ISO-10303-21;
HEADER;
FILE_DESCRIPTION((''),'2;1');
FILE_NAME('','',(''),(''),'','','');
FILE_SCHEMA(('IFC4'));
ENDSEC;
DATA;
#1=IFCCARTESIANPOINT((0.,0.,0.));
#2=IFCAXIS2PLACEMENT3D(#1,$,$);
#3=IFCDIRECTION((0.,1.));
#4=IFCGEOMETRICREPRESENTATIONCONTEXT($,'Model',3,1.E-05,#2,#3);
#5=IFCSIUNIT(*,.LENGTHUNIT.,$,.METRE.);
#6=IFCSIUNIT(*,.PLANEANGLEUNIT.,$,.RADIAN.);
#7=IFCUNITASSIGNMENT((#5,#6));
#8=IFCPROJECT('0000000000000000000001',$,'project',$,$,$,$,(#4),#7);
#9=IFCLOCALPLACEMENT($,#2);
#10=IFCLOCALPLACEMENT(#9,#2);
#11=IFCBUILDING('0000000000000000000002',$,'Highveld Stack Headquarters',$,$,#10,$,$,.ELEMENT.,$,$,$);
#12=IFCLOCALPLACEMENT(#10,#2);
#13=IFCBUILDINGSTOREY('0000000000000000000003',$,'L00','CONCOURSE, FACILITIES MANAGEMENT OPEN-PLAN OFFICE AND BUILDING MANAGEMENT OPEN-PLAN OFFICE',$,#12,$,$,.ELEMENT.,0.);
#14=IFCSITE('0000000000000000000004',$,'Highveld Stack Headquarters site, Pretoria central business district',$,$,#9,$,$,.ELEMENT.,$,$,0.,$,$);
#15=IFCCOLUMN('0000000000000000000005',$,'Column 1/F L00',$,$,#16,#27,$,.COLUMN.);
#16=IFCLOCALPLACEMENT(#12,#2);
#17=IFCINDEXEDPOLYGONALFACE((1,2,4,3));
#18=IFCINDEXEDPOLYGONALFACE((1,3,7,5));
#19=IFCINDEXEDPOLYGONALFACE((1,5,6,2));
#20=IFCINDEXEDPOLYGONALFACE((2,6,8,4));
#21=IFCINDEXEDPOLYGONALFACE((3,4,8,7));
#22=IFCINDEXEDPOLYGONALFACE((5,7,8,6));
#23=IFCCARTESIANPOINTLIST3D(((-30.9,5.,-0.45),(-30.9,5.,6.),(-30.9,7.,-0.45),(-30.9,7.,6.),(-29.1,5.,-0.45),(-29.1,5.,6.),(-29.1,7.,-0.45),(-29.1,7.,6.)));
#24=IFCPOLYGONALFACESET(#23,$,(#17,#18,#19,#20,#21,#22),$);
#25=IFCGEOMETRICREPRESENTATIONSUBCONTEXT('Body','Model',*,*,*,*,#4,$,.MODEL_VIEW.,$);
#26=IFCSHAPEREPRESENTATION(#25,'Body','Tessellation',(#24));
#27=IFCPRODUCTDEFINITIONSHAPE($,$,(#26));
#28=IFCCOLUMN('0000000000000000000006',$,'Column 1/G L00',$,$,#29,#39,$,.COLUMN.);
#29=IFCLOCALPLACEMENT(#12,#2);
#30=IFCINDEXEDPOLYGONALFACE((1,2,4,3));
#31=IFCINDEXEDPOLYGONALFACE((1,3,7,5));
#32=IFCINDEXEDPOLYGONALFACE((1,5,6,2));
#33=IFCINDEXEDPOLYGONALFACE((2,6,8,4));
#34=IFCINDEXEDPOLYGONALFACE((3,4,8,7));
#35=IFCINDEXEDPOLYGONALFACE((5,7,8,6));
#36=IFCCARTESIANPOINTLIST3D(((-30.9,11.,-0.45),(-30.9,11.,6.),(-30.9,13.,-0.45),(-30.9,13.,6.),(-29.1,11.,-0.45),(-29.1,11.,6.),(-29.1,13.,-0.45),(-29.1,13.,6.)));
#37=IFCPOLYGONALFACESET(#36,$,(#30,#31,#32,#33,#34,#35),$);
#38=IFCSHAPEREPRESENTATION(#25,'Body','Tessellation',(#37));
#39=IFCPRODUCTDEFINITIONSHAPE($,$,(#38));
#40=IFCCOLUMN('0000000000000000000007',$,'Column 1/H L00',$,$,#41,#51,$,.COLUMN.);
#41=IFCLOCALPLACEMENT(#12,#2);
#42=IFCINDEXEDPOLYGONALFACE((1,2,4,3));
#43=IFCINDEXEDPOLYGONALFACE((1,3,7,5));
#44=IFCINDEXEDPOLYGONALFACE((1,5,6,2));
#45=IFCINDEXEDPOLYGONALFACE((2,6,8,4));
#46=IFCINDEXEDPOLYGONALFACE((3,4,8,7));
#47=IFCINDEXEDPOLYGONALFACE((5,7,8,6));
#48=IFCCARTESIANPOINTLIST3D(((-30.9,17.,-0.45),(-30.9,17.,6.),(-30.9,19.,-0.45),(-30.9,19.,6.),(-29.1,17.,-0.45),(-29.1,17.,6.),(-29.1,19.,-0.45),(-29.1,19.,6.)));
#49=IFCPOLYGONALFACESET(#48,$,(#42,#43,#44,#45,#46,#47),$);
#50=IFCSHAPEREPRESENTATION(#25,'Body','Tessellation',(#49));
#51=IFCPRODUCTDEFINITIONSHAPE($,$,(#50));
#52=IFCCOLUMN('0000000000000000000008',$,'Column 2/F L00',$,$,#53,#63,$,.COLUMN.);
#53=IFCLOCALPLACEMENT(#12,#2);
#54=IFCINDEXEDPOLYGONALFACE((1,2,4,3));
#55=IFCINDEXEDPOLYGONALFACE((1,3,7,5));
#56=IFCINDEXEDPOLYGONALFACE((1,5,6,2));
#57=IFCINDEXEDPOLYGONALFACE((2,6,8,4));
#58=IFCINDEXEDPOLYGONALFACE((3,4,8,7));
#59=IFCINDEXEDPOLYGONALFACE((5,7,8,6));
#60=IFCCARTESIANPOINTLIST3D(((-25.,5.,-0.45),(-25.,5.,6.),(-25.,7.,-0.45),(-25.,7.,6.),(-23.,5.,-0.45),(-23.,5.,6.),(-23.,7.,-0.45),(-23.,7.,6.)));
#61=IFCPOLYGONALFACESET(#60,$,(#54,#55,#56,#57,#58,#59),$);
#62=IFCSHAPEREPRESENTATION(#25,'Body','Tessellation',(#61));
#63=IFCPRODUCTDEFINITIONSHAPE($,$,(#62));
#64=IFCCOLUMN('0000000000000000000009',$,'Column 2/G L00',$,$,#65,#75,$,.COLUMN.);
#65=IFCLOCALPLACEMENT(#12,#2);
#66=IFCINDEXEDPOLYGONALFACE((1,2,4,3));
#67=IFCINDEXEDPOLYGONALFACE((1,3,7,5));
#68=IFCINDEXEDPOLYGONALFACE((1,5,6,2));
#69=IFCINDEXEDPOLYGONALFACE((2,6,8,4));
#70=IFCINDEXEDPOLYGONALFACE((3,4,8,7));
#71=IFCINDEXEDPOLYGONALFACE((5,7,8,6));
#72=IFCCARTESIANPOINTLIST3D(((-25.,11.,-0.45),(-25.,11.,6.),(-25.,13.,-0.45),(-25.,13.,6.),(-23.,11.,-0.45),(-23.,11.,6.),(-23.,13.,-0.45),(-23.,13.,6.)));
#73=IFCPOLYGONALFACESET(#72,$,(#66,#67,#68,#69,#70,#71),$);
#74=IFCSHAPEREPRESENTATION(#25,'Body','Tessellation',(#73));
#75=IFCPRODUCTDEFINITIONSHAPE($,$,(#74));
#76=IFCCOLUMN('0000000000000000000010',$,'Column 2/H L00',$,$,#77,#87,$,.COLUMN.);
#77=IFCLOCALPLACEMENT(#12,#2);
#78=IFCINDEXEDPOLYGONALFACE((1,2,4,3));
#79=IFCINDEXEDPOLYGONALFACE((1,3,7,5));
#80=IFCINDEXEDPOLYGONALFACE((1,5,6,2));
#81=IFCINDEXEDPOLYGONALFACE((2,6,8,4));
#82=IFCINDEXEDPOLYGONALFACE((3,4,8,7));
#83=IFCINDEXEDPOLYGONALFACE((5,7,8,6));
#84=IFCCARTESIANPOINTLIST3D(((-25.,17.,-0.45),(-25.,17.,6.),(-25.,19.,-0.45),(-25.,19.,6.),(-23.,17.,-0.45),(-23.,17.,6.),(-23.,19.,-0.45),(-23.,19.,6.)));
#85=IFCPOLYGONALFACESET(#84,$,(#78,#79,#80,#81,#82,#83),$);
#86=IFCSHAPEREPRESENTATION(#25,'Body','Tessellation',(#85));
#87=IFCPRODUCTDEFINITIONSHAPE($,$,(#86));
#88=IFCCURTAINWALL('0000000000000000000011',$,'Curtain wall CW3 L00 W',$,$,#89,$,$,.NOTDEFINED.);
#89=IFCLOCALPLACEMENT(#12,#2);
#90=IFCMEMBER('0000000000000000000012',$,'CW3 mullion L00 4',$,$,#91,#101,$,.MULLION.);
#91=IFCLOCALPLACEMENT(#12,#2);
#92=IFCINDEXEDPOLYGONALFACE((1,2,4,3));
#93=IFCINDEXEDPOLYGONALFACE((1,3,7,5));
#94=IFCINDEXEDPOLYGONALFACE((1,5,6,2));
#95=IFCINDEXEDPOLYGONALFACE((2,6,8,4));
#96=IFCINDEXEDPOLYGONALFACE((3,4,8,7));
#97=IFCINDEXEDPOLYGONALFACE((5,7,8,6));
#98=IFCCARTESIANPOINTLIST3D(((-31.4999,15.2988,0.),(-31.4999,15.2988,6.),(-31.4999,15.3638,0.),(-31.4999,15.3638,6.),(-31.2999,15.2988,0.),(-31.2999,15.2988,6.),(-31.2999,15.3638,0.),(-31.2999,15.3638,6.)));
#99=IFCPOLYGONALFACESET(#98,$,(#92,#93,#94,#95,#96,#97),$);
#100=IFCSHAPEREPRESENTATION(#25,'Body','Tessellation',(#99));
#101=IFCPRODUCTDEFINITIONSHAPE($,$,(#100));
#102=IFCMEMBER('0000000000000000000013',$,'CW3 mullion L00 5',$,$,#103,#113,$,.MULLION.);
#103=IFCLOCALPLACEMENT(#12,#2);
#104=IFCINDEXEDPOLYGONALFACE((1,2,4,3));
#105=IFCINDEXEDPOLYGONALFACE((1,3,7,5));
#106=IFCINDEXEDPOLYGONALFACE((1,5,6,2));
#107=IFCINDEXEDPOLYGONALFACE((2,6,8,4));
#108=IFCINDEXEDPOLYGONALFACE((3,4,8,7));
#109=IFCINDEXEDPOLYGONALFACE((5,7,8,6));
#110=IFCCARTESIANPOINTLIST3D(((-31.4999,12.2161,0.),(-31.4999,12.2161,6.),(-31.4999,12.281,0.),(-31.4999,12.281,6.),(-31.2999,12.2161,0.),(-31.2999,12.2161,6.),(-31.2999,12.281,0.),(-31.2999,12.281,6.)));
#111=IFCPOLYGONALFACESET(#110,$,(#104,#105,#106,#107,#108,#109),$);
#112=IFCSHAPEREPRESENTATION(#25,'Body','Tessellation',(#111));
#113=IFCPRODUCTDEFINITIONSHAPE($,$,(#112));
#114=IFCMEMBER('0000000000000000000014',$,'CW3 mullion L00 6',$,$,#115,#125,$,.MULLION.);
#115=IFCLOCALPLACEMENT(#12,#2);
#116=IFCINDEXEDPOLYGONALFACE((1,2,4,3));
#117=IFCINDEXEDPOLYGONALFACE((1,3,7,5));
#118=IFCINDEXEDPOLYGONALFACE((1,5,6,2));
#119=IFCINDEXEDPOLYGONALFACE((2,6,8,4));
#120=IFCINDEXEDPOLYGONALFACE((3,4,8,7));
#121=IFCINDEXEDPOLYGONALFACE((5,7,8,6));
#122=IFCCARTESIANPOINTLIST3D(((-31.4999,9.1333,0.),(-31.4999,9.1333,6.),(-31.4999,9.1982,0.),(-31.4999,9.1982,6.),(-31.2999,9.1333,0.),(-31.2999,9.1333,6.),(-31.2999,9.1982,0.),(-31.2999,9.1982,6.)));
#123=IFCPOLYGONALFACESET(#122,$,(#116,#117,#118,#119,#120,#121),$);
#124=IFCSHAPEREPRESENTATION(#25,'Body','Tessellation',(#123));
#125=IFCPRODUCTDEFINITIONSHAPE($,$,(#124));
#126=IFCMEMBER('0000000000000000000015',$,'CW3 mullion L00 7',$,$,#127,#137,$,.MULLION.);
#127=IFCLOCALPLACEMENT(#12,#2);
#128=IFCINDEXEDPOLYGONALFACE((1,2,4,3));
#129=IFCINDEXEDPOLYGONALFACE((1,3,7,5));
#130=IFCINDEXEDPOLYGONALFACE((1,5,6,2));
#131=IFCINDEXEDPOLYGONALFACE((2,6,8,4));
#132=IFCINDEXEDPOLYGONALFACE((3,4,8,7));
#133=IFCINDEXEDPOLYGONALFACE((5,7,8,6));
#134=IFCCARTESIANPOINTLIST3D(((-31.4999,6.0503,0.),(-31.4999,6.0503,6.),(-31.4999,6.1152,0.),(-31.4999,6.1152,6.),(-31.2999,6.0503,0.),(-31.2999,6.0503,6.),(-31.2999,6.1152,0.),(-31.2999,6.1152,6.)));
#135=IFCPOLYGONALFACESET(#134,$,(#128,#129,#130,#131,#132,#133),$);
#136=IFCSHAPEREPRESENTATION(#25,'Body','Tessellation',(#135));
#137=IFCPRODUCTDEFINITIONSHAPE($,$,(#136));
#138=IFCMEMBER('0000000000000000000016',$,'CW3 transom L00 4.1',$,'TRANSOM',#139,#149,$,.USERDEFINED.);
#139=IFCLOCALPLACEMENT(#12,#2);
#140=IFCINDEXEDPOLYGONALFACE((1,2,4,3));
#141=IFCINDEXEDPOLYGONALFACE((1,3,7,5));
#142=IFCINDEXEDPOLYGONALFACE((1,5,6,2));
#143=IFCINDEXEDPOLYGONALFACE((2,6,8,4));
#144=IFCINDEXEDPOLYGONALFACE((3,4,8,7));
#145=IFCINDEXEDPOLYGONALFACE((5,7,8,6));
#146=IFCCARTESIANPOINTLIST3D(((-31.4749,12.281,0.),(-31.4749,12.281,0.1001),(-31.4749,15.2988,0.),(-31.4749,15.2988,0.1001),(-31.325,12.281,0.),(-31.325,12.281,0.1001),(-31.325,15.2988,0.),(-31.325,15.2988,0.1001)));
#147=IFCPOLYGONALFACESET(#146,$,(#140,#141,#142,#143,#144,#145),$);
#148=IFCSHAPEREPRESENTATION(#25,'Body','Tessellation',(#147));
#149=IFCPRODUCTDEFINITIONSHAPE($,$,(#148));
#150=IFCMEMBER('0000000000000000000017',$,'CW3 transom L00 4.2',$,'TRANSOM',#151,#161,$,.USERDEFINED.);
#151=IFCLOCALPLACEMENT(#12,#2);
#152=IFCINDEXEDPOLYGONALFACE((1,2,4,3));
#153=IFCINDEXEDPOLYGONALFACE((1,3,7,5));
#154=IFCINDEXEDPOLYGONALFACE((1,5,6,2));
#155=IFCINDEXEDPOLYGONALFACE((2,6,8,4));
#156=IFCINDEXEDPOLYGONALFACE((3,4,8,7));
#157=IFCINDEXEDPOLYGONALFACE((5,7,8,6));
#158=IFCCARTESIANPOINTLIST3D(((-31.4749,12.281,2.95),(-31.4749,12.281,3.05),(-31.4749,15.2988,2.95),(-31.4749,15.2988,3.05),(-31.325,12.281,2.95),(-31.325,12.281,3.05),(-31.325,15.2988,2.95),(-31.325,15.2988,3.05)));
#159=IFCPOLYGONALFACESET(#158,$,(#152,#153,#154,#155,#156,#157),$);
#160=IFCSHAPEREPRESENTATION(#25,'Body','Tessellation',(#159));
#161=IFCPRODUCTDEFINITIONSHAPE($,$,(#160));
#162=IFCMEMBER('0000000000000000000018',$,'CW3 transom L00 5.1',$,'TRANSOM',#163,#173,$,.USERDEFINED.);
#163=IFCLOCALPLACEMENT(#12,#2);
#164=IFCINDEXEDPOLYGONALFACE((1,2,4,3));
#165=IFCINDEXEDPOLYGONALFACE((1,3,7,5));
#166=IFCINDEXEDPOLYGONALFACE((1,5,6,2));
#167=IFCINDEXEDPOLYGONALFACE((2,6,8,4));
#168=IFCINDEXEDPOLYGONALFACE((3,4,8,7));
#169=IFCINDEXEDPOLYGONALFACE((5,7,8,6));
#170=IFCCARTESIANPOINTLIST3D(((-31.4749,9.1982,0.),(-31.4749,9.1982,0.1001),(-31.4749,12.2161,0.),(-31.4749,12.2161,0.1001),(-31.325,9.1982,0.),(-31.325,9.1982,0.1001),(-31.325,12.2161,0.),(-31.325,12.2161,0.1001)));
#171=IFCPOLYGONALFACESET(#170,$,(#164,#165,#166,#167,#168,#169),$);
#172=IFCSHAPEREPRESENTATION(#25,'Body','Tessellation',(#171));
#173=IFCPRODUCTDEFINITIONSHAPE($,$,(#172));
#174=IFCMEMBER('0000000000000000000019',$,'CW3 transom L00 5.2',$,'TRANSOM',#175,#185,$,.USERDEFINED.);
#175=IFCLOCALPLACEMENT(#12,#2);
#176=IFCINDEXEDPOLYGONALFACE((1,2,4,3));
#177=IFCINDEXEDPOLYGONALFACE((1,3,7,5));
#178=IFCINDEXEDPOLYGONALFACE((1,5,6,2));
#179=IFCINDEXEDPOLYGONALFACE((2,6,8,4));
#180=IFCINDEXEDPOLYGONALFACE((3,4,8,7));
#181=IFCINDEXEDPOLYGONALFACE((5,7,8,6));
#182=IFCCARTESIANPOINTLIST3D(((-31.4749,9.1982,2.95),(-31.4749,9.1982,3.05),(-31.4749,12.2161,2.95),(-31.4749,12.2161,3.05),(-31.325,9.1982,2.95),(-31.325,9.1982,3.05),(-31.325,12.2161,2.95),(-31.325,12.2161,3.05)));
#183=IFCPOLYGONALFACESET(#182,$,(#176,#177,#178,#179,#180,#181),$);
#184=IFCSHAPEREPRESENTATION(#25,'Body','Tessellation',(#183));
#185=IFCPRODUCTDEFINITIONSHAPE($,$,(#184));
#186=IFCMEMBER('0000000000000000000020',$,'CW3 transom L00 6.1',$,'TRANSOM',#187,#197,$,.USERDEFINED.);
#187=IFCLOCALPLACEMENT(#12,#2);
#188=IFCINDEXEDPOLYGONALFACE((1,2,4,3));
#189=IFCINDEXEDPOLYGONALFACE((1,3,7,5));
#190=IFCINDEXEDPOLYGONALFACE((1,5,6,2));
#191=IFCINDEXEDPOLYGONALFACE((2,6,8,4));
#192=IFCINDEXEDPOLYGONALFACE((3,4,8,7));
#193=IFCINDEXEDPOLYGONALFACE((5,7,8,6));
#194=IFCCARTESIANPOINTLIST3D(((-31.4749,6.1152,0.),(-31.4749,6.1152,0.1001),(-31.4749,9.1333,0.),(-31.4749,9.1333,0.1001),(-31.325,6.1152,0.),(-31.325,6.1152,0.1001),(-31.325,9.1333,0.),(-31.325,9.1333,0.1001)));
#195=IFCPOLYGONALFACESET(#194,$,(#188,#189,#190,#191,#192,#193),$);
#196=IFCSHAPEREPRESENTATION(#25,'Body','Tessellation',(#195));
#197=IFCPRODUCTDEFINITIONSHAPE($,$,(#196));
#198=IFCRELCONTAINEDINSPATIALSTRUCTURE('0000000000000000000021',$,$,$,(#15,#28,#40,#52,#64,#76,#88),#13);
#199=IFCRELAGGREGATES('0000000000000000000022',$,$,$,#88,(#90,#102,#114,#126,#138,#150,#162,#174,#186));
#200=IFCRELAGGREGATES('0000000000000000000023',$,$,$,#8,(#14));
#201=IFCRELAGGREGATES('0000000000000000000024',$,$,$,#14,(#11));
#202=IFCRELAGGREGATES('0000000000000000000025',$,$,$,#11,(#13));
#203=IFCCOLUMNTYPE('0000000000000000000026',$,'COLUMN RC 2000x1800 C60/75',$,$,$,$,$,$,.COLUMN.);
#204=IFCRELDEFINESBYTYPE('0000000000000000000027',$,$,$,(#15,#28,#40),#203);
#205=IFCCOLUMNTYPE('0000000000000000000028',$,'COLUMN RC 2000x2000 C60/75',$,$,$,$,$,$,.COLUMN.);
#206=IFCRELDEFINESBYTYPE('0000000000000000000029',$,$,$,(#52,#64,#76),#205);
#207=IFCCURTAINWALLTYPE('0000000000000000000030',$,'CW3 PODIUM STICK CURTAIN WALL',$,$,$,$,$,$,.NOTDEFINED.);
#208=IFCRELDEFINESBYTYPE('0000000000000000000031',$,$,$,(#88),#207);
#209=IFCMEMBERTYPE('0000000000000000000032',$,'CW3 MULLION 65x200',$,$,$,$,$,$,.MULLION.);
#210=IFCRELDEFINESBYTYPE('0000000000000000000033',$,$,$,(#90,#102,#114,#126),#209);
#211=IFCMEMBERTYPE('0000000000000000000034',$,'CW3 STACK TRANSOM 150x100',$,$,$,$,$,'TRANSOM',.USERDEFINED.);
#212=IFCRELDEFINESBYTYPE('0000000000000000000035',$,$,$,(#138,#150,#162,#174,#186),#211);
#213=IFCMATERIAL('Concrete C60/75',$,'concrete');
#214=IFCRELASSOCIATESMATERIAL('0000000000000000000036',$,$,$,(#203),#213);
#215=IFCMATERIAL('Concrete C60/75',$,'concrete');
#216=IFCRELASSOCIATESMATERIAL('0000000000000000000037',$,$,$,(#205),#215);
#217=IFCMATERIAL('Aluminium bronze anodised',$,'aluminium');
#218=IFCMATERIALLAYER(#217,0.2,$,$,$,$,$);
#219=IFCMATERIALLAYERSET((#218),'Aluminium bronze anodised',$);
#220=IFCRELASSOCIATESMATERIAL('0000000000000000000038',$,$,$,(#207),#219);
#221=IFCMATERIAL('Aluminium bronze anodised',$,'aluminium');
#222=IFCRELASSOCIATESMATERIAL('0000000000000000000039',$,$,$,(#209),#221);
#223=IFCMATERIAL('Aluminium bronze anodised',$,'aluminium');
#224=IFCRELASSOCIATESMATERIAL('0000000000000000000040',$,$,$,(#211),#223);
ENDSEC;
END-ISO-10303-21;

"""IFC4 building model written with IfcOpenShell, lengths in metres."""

from ifc_helpers import new_model, si_unit, direction, frame, origin, origin_2d, place, context, subcontext, project, spatial, rectangle, extrude, material, layer, layer_set, material_profile, profile_set, type_object, element, aggregate, save


model = new_model("IFC4")

# Units and contexts
model_context = context("Model", 3, precision=1e-05, world=origin(), true_north=direction((0.0, 1.0)))
body_context = subcontext(model_context, "Body", "Model", "MODEL_VIEW")
ifc_project = project(units=[si_unit("LENGTHUNIT", "METRE"), si_unit("PLANEANGLEUNIT", "RADIAN")], contexts=[model_context])

# Site, building, storey
site_placement = place(None, origin())
site = spatial("IfcSite", under=ifc_project, at=site_placement, Name="Highveld Stack Headquarters site, Pretoria central business district", CompositionType="ELEMENT", RefElevation=0.0)
building_placement = place(site_placement, origin())
building = spatial("IfcBuilding", under=site, at=building_placement, Name="Highveld Stack Headquarters", CompositionType="ELEMENT")
storey_placement = place(building_placement, origin())
storey = spatial("IfcBuildingStorey", under=building, at=storey_placement, Name="L00", Description="CONCOURSE, FACILITIES MANAGEMENT OPEN-PLAN OFFICE AND BUILDING MANAGEMENT OPEN-PLAN OFFICE", CompositionType="ELEMENT", Elevation=0.0)

# Columns
ifc_material_1 = material(Name="Concrete C60/75", Category="concrete")
ifc_material_profile_1 = material_profile(ifc_material_1, rectangle(XDim=2.0, YDim=1.8, at=origin_2d()), Name="RC 2000x1800")
ifc_profile_set_1 = profile_set([ifc_material_profile_1], Name="Concrete C60/75")
column_type_1 = type_object("IfcColumnType", Name="COLUMN RC 2000x1800 C60/75", PredefinedType="COLUMN", material=ifc_profile_set_1)
for number, where, z_axis, x_axis, name in (
    (1, (-30.0, 6.0, -0.45), (0.0, 0.0, 1.0), (0.0, 1.0, 0.0), "Column 1/F L00"),
    (2, (-30.0, 12.0, -0.45), (0.0, 0.0, 1.0), (0.0, 1.0, 0.0), "Column 1/G L00"),
    (3, (-30.0, 18.0, -0.45), (0.0, 0.0, 1.0), (0.0, 1.0, 0.0), "Column 1/H L00"),
):
    element("IfcColumn", number, at=place(storey_placement, frame(where, z_axis=z_axis, x_axis=x_axis)), inside=storey, type_object=column_type_1, Name=name, PredefinedType="COLUMN", context=body_context, shape_type="SweptSolid", body=[
        extrude(rectangle(XDim=2.0, YDim=1.8, at=origin_2d()), origin(), (0.0, 0.0, 1.0), 6.45),
    ])
ifc_material_2 = material(Name="Concrete C60/75", Category="concrete")
ifc_material_profile_2 = material_profile(ifc_material_2, rectangle(XDim=2.0, YDim=2.0, at=origin_2d()), Name="RC 2000x2000")
ifc_profile_set_2 = profile_set([ifc_material_profile_2], Name="Concrete C60/75")
column_type_2 = type_object("IfcColumnType", Name="COLUMN RC 2000x2000 C60/75", PredefinedType="COLUMN", material=ifc_profile_set_2)
for number, where, z_axis, x_axis, name in (
    (4, (-24.0, 6.0, -0.45), (0.0, 0.0, 1.0), (1.0, 0.0, 0.0), "Column 2/F L00"),
    (5, (-24.0, 12.0, -0.45), (0.0, 0.0, 1.0), (1.0, 0.0, 0.0), "Column 2/G L00"),
    (6, (-24.0, 18.0, -0.45), (0.0, 0.0, 1.0), (1.0, 0.0, 0.0), "Column 2/H L00"),
):
    element("IfcColumn", number, at=place(storey_placement, frame(where, z_axis=z_axis, x_axis=x_axis)), inside=storey, type_object=column_type_2, Name=name, PredefinedType="COLUMN", context=body_context, shape_type="SweptSolid", body=[
        extrude(rectangle(XDim=2.0, YDim=2.0, at=origin_2d()), origin(), (0.0, 0.0, 1.0), 6.45),
    ])

# Curtain wall, members
ifc_material_3 = material(Name="Aluminium bronze anodised", Category="aluminium")
ifc_layer_1 = layer(ifc_material_3, 0.2)
ifc_layer_set_1 = layer_set([ifc_layer_1], Name="Aluminium bronze anodised")
curtain_wall_type = type_object("IfcCurtainWallType", Name="CW3 PODIUM STICK CURTAIN WALL", PredefinedType="NOTDEFINED", material=ifc_layer_set_1)
curtain_wall_placement = place(storey_placement, origin())
curtain_wall = element("IfcCurtainWall", 7, at=curtain_wall_placement, inside=storey, type_object=curtain_wall_type, Name="Curtain wall CW3 L00 W", PredefinedType="NOTDEFINED")
ifc_material_4 = material(Name="Aluminium bronze anodised", Category="aluminium")
ifc_material_profile_3 = material_profile(ifc_material_4, rectangle(XDim=0.2, YDim=0.0649, at=origin_2d()), Name="CW3 MULLION 65x200")
ifc_profile_set_3 = profile_set([ifc_material_profile_3], Name="Aluminium bronze anodised")
member_type_1 = type_object("IfcMemberType", Name="CW3 MULLION 65x200", PredefinedType="MULLION", material=ifc_profile_set_3)
member_1_placement = place(storey_placement, frame((-31.3999, 15.3313, 0.0), z_axis=(0.0, 0.0, 1.0), x_axis=(1.0, 0.0, 0.0)))
member_1 = element("IfcMember", 8, at=member_1_placement, type_object=member_type_1, Name="CW3 mullion L00 4", PredefinedType="MULLION", context=body_context, shape_type="SweptSolid", body=[
    extrude(rectangle(XDim=0.2, YDim=0.0649, at=origin_2d()), origin(), (0.0, 0.0, 1.0), 6.0),
])
member_2_placement = place(storey_placement, frame((-31.3999, 12.2485, 0.0), z_axis=(0.0, 0.0, 1.0), x_axis=(1.0, 0.0, 0.0)))
member_2 = element("IfcMember", 9, at=member_2_placement, type_object=member_type_1, Name="CW3 mullion L00 5", PredefinedType="MULLION", context=body_context, shape_type="SweptSolid", body=[
    extrude(rectangle(XDim=0.2, YDim=0.0649, at=origin_2d()), origin(), (0.0, 0.0, 1.0), 6.0),
])
member_3_placement = place(storey_placement, frame((-31.3999, 9.1658, 0.0), z_axis=(0.0, 0.0, 1.0), x_axis=(1.0, 0.0, 0.0)))
member_3 = element("IfcMember", 10, at=member_3_placement, type_object=member_type_1, Name="CW3 mullion L00 6", PredefinedType="MULLION", context=body_context, shape_type="SweptSolid", body=[
    extrude(rectangle(XDim=0.2, YDim=0.0649, at=origin_2d()), origin(), (0.0, 0.0, 1.0), 6.0),
])
member_4_placement = place(storey_placement, frame((-31.3999, 6.0828, 0.0), z_axis=(0.0, 0.0, 1.0), x_axis=(1.0, 0.0, 0.0)))
member_4 = element("IfcMember", 11, at=member_4_placement, type_object=member_type_1, Name="CW3 mullion L00 7", PredefinedType="MULLION", context=body_context, shape_type="SweptSolid", body=[
    extrude(rectangle(XDim=0.2, YDim=0.0649, at=origin_2d()), origin(), (0.0, 0.0, 1.0), 6.0),
])
ifc_material_5 = material(Name="Aluminium bronze anodised", Category="aluminium")
ifc_material_profile_4 = material_profile(ifc_material_5, rectangle(XDim=0.1499, YDim=0.1001, at=origin_2d()), Name="CW3 TRANSOM 150x100")
ifc_profile_set_4 = profile_set([ifc_material_profile_4], Name="Aluminium bronze anodised")
member_type_2 = type_object("IfcMemberType", Name="CW3 STACK TRANSOM 150x100", ElementType="TRANSOM", PredefinedType="USERDEFINED", material=ifc_profile_set_4)
member_5_placement = place(storey_placement, frame((-31.3999, 15.2988, 0.05), z_axis=(0.0, -1.0, 0.0), x_axis=(1.0, 0.0, 0.0)))
member_5 = element("IfcMember", 12, at=member_5_placement, type_object=member_type_2, Name="CW3 transom L00 4.1", ObjectType="TRANSOM", PredefinedType="USERDEFINED", context=body_context, shape_type="SweptSolid", body=[
    extrude(rectangle(XDim=0.1499, YDim=0.1001, at=origin_2d()), origin(), (0.0, 0.0, 1.0), 3.0178),
])
member_6_placement = place(storey_placement, frame((-31.3999, 15.2988, 3.0), z_axis=(0.0, -1.0, 0.0), x_axis=(1.0, 0.0, 0.0)))
member_6 = element("IfcMember", 13, at=member_6_placement, type_object=member_type_2, Name="CW3 transom L00 4.2", ObjectType="TRANSOM", PredefinedType="USERDEFINED", context=body_context, shape_type="SweptSolid", body=[
    extrude(rectangle(XDim=0.1499, YDim=0.1001, at=origin_2d()), origin(), (0.0, 0.0, 1.0), 3.0178),
])
member_7_placement = place(storey_placement, frame((-31.3999, 12.2161, 0.05), z_axis=(0.0, -1.0, 0.0), x_axis=(1.0, 0.0, 0.0)))
member_7 = element("IfcMember", 14, at=member_7_placement, type_object=member_type_2, Name="CW3 transom L00 5.1", ObjectType="TRANSOM", PredefinedType="USERDEFINED", context=body_context, shape_type="SweptSolid", body=[
    extrude(rectangle(XDim=0.1499, YDim=0.1001, at=origin_2d()), origin(), (0.0, 0.0, 1.0), 3.0178),
])
member_8_placement = place(storey_placement, frame((-31.3999, 12.2161, 3.0), z_axis=(0.0, -1.0, 0.0), x_axis=(1.0, 0.0, 0.0)))
member_8 = element("IfcMember", 15, at=member_8_placement, type_object=member_type_2, Name="CW3 transom L00 5.2", ObjectType="TRANSOM", PredefinedType="USERDEFINED", context=body_context, shape_type="SweptSolid", body=[
    extrude(rectangle(XDim=0.1499, YDim=0.1001, at=origin_2d()), origin(), (0.0, 0.0, 1.0), 3.0178),
])
member_9_placement = place(storey_placement, frame((-31.3999, 9.1333, 0.05), z_axis=(0.0, -1.0, 0.0), x_axis=(1.0, 0.0, 0.0)))
member_9 = element("IfcMember", 16, at=member_9_placement, type_object=member_type_2, Name="CW3 transom L00 6.1", ObjectType="TRANSOM", PredefinedType="USERDEFINED", context=body_context, shape_type="SweptSolid", body=[
    extrude(rectangle(XDim=0.1499, YDim=0.1001, at=origin_2d()), origin(), (0.0, 0.0, 1.0), 3.0181),
])

aggregate(curtain_wall, [member_1, member_2, member_3, member_4, member_5, member_6, member_7, member_8, member_9])

save(model, "model.ifc")
